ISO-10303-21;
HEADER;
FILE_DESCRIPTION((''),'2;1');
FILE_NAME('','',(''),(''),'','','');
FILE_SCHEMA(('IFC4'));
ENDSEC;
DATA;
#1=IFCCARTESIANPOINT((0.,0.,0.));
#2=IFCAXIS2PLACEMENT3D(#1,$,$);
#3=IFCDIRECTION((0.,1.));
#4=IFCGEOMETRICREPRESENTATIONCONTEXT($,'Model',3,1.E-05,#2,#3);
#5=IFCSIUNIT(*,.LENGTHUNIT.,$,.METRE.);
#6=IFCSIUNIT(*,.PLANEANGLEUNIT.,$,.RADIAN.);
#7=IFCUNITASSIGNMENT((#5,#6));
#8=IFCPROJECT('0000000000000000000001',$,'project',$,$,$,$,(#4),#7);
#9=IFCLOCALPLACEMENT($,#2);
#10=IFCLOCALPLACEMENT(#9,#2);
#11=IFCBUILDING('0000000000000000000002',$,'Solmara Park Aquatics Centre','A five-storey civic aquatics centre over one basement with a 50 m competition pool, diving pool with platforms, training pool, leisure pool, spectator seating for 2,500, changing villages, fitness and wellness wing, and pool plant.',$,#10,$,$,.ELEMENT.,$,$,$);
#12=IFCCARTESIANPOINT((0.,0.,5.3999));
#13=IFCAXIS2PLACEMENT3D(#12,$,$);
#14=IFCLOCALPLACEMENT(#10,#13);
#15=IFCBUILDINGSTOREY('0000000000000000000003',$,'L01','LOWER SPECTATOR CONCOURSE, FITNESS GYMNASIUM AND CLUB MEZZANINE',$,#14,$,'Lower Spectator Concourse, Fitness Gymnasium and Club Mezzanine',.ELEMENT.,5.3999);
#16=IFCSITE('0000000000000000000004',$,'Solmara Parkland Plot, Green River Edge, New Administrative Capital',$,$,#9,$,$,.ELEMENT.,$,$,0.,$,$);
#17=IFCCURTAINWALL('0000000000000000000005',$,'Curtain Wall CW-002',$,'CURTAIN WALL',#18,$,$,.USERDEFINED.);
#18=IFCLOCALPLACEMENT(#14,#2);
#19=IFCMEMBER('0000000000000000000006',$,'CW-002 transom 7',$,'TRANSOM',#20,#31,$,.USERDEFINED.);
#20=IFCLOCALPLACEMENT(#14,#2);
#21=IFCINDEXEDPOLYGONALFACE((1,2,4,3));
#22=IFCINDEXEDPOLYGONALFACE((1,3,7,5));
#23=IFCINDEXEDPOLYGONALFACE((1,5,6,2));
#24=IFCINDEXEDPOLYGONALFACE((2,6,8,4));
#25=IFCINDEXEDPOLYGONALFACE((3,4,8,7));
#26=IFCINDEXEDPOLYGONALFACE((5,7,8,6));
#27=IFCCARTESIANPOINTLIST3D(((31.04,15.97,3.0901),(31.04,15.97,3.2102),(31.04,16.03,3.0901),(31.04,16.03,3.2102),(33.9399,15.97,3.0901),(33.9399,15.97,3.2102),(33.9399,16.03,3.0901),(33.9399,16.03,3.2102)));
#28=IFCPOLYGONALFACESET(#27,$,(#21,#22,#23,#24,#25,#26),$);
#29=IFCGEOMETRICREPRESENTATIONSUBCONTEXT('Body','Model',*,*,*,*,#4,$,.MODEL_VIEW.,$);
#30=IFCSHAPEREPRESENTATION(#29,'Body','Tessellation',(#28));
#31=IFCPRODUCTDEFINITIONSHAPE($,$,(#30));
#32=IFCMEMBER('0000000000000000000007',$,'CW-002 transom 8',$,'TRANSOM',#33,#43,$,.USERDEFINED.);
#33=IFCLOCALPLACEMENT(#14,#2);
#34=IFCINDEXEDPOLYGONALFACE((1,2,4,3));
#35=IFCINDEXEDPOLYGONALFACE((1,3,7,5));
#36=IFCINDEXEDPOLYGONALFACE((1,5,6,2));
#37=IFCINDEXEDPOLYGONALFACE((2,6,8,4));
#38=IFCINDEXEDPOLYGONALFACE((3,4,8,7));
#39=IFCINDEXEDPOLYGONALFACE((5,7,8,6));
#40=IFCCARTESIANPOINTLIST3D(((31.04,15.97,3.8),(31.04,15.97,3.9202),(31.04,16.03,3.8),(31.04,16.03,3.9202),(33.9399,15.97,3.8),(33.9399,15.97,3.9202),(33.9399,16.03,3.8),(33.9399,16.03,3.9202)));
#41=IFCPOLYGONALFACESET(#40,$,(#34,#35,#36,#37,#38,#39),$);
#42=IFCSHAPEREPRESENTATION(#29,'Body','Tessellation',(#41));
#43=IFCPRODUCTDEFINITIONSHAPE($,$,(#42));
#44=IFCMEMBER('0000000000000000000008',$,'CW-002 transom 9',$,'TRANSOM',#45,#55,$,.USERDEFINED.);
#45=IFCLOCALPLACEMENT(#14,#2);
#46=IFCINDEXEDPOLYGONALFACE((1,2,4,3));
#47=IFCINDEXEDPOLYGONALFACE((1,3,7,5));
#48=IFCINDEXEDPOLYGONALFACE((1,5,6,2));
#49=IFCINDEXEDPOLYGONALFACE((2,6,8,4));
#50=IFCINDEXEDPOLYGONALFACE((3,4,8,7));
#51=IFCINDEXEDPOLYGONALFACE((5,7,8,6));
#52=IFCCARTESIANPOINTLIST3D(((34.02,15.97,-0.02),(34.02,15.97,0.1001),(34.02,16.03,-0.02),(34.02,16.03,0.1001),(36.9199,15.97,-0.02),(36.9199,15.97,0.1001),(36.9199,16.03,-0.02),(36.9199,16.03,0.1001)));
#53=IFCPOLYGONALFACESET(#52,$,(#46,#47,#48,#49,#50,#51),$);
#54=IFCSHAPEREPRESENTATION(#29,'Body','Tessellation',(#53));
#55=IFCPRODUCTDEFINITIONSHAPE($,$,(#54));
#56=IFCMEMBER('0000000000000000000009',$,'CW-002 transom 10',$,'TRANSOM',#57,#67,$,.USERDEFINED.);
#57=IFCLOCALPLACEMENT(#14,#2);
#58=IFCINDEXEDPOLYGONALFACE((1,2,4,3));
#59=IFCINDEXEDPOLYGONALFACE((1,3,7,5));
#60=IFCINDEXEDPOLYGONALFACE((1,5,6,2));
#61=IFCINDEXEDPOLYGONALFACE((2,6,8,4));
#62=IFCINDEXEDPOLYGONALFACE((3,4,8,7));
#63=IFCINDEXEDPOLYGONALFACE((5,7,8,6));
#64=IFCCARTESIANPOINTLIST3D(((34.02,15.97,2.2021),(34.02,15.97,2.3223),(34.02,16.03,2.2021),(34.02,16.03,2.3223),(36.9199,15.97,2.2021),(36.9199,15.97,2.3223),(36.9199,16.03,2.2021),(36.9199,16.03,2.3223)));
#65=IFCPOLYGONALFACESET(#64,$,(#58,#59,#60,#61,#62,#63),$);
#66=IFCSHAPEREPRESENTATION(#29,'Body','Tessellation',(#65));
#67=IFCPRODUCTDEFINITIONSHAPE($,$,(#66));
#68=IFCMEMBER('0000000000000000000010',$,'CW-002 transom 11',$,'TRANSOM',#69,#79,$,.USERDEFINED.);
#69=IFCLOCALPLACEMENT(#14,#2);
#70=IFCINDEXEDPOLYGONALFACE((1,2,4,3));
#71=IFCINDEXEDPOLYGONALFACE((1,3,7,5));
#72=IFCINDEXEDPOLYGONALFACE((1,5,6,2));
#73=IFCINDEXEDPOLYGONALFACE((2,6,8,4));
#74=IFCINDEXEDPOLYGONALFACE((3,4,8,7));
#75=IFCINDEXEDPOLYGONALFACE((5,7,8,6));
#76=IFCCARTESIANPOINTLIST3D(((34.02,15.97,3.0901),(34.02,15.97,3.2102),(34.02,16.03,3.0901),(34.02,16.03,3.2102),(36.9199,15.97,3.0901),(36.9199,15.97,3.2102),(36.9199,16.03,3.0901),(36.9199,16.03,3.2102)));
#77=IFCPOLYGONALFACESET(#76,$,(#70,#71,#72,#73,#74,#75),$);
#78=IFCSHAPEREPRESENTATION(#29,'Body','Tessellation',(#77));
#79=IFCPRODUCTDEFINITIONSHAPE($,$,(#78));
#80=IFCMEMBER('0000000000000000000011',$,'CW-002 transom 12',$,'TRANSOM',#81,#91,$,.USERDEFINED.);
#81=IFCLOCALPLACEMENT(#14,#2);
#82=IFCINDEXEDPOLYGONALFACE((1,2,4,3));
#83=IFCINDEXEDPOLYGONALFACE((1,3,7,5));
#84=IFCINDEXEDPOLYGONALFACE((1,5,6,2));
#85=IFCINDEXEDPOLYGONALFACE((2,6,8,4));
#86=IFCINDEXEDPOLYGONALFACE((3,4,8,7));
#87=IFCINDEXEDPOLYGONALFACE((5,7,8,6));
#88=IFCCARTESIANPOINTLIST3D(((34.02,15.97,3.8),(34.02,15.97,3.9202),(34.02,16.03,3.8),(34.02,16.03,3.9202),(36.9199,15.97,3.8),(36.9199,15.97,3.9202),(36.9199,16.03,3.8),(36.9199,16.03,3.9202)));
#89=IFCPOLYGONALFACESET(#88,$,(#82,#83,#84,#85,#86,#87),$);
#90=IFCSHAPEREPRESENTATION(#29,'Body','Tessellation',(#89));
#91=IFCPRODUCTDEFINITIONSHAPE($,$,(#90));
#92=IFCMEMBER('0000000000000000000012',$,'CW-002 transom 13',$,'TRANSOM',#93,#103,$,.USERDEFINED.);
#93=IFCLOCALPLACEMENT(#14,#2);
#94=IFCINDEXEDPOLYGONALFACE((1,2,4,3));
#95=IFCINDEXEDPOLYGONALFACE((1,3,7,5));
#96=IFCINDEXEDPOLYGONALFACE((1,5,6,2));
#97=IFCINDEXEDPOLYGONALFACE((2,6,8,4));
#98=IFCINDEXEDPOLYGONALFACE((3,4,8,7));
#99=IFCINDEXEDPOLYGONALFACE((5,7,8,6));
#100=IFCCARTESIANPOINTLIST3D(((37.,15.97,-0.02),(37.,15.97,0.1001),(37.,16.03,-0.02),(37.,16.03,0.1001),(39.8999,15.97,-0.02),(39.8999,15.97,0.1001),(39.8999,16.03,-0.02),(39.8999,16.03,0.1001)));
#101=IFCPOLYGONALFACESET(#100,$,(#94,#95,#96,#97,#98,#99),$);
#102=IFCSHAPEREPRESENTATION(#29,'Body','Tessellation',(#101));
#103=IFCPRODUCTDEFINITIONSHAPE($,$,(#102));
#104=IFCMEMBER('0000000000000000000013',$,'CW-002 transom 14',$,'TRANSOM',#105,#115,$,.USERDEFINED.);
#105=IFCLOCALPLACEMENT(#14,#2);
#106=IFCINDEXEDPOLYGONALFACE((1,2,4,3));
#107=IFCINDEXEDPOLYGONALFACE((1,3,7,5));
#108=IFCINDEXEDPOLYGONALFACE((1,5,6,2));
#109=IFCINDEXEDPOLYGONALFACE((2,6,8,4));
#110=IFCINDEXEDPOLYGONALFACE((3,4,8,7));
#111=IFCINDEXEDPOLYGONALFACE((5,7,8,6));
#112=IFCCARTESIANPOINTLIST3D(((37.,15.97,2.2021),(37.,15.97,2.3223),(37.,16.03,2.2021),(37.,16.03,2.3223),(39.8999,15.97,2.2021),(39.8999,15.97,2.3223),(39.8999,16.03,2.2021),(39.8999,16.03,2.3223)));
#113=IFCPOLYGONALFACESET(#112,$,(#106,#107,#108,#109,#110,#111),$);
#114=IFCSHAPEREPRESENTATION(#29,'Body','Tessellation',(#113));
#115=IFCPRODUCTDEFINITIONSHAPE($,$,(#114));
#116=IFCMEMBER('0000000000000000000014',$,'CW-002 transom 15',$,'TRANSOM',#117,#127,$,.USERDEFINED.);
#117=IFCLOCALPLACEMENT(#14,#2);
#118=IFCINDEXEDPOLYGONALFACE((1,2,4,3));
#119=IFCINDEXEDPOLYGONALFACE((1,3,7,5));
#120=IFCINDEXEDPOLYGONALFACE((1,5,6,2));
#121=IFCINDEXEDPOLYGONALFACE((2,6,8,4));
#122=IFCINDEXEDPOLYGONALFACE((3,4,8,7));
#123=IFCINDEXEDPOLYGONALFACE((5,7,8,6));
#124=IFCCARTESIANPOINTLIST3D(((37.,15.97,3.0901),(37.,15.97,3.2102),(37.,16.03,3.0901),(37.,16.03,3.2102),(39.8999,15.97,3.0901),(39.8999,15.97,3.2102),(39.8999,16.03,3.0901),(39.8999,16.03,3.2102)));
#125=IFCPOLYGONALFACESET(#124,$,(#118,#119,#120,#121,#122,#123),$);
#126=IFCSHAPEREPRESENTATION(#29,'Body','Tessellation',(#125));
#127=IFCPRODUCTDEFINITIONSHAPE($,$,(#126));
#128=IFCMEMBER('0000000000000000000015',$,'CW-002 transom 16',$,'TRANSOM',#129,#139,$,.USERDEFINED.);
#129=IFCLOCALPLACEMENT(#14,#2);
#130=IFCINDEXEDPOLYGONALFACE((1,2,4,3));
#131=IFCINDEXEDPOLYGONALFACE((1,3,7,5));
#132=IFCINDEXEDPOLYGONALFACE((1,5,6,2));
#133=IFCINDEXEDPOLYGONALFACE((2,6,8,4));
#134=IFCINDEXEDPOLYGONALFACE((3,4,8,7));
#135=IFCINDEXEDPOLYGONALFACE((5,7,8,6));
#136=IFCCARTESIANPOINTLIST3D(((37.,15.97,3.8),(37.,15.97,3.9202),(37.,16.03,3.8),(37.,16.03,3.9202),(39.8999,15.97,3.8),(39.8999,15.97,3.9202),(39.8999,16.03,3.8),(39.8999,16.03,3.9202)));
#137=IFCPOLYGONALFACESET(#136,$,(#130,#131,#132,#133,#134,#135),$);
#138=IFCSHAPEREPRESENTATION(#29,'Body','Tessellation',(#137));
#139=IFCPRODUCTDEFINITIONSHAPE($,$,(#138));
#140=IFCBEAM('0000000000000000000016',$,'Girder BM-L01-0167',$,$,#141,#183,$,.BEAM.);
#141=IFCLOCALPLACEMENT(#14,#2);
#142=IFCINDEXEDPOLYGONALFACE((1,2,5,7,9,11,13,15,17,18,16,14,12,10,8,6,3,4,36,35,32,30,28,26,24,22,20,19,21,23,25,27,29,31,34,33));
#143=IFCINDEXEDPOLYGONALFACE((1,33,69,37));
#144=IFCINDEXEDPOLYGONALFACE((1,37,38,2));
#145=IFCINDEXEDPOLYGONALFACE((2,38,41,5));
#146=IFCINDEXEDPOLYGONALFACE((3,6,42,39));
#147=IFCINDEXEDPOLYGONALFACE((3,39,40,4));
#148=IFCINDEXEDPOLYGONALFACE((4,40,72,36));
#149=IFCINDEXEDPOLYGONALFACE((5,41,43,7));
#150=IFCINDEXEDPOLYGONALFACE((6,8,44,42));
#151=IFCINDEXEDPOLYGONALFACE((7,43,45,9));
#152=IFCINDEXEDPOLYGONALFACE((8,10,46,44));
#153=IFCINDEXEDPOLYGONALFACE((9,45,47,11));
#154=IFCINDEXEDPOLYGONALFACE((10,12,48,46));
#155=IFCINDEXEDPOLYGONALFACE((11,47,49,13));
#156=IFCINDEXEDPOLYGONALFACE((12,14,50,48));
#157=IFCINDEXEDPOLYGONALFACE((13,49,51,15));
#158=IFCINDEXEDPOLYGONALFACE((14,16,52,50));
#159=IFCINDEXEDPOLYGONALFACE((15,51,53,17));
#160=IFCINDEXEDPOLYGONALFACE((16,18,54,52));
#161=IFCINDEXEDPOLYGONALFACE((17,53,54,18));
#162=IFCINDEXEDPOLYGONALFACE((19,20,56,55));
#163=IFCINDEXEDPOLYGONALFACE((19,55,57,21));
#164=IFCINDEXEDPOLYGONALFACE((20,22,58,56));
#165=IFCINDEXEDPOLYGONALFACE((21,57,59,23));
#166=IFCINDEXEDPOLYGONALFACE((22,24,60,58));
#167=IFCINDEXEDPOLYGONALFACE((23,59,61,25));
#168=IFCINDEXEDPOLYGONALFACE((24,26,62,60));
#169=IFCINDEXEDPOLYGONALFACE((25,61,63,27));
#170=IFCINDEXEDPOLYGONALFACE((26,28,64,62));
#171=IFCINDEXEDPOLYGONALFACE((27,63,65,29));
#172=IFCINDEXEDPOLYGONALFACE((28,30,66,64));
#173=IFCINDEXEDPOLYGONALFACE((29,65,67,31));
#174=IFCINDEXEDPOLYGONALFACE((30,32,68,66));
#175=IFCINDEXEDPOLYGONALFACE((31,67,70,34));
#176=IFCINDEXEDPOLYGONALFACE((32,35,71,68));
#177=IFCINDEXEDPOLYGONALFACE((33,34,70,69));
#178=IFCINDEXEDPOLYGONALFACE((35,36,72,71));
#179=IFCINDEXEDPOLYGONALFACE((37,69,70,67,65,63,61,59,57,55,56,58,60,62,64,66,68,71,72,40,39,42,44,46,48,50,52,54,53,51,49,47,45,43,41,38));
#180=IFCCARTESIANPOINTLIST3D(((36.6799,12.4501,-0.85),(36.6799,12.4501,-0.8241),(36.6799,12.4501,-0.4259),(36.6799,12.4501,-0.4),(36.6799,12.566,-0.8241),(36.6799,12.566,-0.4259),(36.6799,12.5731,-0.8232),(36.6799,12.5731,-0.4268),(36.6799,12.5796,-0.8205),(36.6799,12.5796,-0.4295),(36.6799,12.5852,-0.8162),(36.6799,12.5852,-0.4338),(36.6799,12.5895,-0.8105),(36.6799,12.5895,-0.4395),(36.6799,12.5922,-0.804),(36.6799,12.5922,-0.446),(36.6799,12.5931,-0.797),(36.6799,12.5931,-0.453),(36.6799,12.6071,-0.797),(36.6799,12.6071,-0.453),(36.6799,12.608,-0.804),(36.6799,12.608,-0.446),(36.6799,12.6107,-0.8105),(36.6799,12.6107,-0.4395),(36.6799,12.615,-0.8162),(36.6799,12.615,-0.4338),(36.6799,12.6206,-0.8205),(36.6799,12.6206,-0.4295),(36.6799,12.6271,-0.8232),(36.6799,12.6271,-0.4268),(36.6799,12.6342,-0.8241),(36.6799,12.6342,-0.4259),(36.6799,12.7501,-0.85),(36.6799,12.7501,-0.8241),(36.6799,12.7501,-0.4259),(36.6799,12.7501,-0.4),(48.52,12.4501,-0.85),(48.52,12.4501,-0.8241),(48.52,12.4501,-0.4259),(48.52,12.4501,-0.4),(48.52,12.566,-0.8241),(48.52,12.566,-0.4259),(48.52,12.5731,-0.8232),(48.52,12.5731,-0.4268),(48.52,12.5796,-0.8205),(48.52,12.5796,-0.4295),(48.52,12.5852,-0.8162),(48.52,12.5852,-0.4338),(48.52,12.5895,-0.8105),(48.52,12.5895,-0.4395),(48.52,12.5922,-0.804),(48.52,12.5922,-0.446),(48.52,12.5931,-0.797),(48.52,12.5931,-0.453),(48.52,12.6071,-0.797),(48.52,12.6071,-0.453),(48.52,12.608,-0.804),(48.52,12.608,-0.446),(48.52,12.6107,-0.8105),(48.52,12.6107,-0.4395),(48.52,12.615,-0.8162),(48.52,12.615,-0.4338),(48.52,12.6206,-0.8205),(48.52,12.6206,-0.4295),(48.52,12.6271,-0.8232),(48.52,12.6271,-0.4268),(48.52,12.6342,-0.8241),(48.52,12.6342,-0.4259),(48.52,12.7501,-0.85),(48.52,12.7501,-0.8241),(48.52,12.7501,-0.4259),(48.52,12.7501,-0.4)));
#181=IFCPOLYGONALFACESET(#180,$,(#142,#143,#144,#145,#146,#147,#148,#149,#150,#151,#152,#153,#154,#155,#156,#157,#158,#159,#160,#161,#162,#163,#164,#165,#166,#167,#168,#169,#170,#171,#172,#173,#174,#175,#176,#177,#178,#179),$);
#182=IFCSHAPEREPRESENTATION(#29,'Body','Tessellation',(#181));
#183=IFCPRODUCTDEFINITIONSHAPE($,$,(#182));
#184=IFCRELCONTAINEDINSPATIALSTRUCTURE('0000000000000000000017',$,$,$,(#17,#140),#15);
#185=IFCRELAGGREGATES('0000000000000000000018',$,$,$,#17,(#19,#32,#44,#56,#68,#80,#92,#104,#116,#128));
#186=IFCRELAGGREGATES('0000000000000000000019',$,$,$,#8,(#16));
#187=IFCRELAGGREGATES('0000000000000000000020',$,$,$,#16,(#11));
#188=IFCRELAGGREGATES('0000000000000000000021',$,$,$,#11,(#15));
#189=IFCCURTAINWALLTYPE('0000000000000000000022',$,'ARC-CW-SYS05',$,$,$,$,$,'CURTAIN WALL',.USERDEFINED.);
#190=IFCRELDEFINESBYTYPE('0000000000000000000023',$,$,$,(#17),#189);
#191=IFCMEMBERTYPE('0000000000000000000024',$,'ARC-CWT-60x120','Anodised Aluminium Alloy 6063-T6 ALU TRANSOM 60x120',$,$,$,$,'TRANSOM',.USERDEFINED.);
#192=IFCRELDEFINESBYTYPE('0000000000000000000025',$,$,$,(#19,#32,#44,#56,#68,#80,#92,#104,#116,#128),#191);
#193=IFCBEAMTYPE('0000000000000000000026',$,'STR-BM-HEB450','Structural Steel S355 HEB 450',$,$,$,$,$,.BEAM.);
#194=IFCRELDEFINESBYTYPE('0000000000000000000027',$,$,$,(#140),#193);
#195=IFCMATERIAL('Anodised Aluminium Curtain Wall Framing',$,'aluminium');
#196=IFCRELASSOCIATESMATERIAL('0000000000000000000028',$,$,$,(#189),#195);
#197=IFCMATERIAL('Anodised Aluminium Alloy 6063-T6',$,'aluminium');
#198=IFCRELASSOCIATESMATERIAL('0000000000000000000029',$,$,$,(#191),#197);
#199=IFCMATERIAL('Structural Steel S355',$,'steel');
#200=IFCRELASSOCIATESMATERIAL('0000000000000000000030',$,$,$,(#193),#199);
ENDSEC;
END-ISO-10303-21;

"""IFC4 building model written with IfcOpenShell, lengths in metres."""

from ifc_helpers import new_model, si_unit, direction, frame, origin, origin_2d, place, context, subcontext, project, spatial, rectangle, i_section, extrude, material, material_profile, profile_set, type_object, element, aggregate, save


model = new_model("IFC4")

# Units and contexts
model_context = context("Model", 3, precision=1e-05, world=origin(), true_north=direction((0.0, 1.0)))
body_context = subcontext(model_context, "Body", "Model", "MODEL_VIEW")
ifc_project = project(units=[si_unit("LENGTHUNIT", "METRE"), si_unit("PLANEANGLEUNIT", "RADIAN")], contexts=[model_context])

# Site, building, storey
site_placement = place(None, origin())
site = spatial("IfcSite", under=ifc_project, at=site_placement, Name="Solmara Parkland Plot, Green River Edge, New Administrative Capital", CompositionType="ELEMENT", RefElevation=0.0)
building_placement = place(site_placement, origin())
building = spatial("IfcBuilding", under=site, at=building_placement, Name="Solmara Park Aquatics Centre", Description="A five-storey civic aquatics centre over one basement with a 50 m competition pool, diving pool with platforms, training pool, leisure pool, spectator seating for 2,500, changing villages, fitness and wellness wing, and pool plant.", CompositionType="ELEMENT")
storey_placement = place(building_placement, frame((0.0, 0.0, 5.3999)))
storey = spatial("IfcBuildingStorey", under=building, at=storey_placement, Name="L01", Description="LOWER SPECTATOR CONCOURSE, FITNESS GYMNASIUM AND CLUB MEZZANINE", LongName="Lower Spectator Concourse, Fitness Gymnasium and Club Mezzanine", CompositionType="ELEMENT", Elevation=5.3999)

# Shared definitions
ifc_material_1 = material(Name="Structural Steel S355", Category="steel")

# Curtain wall, members
ifc_material_2 = material(Name="Anodised Aluminium Curtain Wall Framing", Category="aluminium")
curtain_wall_type = type_object("IfcCurtainWallType", Name="ARC-CW-SYS05", ElementType="CURTAIN WALL", PredefinedType="USERDEFINED", material=ifc_material_2)
curtain_wall_placement = place(storey_placement, origin())
curtain_wall = element("IfcCurtainWall", 1, at=curtain_wall_placement, inside=storey, type_object=curtain_wall_type, Name="Curtain Wall CW-002", ObjectType="CURTAIN WALL", PredefinedType="USERDEFINED")
ifc_material_3 = material(Name="Anodised Aluminium Alloy 6063-T6", Category="aluminium")
ifc_material_profile_1 = material_profile(ifc_material_3, rectangle(XDim=0.0601, YDim=0.1201, at=origin_2d()), Name="ALU TRANSOM 60x120")
ifc_profile_set_1 = profile_set([ifc_material_profile_1], Name="Anodised Aluminium Alloy 6063-T6")
member_type_1 = type_object("IfcMemberType", Name="ARC-CWT-60x120", Description="Anodised Aluminium Alloy 6063-T6 ALU TRANSOM 60x120", ElementType="TRANSOM", PredefinedType="USERDEFINED", material=ifc_profile_set_1)
member_1_placement = place(storey_placement, frame((31.04, 16.0, 3.1501), z_axis=(1.0, 0.0, 0.0), x_axis=(0.0, 1.0, 0.0)))
member_1 = element("IfcMember", 2, at=member_1_placement, type_object=member_type_1, Name="CW-002 transom 7", ObjectType="TRANSOM", PredefinedType="USERDEFINED", context=body_context, shape_type="SweptSolid", body=[
    extrude(rectangle(XDim=0.0601, YDim=0.1201, at=origin_2d()), origin(), (0.0, 0.0, 1.0), 2.8999),
])
member_2_placement = place(storey_placement, frame((31.04, 16.0, 3.8601), z_axis=(1.0, 0.0, 0.0), x_axis=(0.0, 1.0, 0.0)))
member_2 = element("IfcMember", 3, at=member_2_placement, type_object=member_type_1, Name="CW-002 transom 8", ObjectType="TRANSOM", PredefinedType="USERDEFINED", context=body_context, shape_type="SweptSolid", body=[
    extrude(rectangle(XDim=0.0601, YDim=0.1201, at=origin_2d()), origin(), (0.0, 0.0, 1.0), 2.8999),
])
member_3_placement = place(storey_placement, frame((34.02, 16.0, 0.04), z_axis=(1.0, 0.0, 0.0), x_axis=(0.0, 1.0, 0.0)))
member_3 = element("IfcMember", 4, at=member_3_placement, type_object=member_type_1, Name="CW-002 transom 9", ObjectType="TRANSOM", PredefinedType="USERDEFINED", context=body_context, shape_type="SweptSolid", body=[
    extrude(rectangle(XDim=0.0601, YDim=0.1201, at=origin_2d()), origin(), (0.0, 0.0, 1.0), 2.8999),
])
member_4_placement = place(storey_placement, frame((34.02, 16.0, 2.2622), z_axis=(1.0, 0.0, 0.0), x_axis=(0.0, 1.0, 0.0)))
member_4 = element("IfcMember", 5, at=member_4_placement, type_object=member_type_1, Name="CW-002 transom 10", ObjectType="TRANSOM", PredefinedType="USERDEFINED", context=body_context, shape_type="SweptSolid", body=[
    extrude(rectangle(XDim=0.0601, YDim=0.1201, at=origin_2d()), origin(), (0.0, 0.0, 1.0), 2.8999),
])
member_5_placement = place(storey_placement, frame((34.02, 16.0, 3.1501), z_axis=(1.0, 0.0, 0.0), x_axis=(0.0, 1.0, 0.0)))
member_5 = element("IfcMember", 6, at=member_5_placement, type_object=member_type_1, Name="CW-002 transom 11", ObjectType="TRANSOM", PredefinedType="USERDEFINED", context=body_context, shape_type="SweptSolid", body=[
    extrude(rectangle(XDim=0.0601, YDim=0.1201, at=origin_2d()), origin(), (0.0, 0.0, 1.0), 2.8999),
])
member_6_placement = place(storey_placement, frame((34.02, 16.0, 3.8601), z_axis=(1.0, 0.0, 0.0), x_axis=(0.0, 1.0, 0.0)))
member_6 = element("IfcMember", 7, at=member_6_placement, type_object=member_type_1, Name="CW-002 transom 12", ObjectType="TRANSOM", PredefinedType="USERDEFINED", context=body_context, shape_type="SweptSolid", body=[
    extrude(rectangle(XDim=0.0601, YDim=0.1201, at=origin_2d()), origin(), (0.0, 0.0, 1.0), 2.8999),
])
member_7_placement = place(storey_placement, frame((37.0, 16.0, 0.04), z_axis=(1.0, 0.0, 0.0), x_axis=(0.0, 1.0, 0.0)))
member_7 = element("IfcMember", 8, at=member_7_placement, type_object=member_type_1, Name="CW-002 transom 13", ObjectType="TRANSOM", PredefinedType="USERDEFINED", context=body_context, shape_type="SweptSolid", body=[
    extrude(rectangle(XDim=0.0601, YDim=0.1201, at=origin_2d()), origin(), (0.0, 0.0, 1.0), 2.8999),
])
member_8_placement = place(storey_placement, frame((37.0, 16.0, 2.2622), z_axis=(1.0, 0.0, 0.0), x_axis=(0.0, 1.0, 0.0)))
member_8 = element("IfcMember", 9, at=member_8_placement, type_object=member_type_1, Name="CW-002 transom 14", ObjectType="TRANSOM", PredefinedType="USERDEFINED", context=body_context, shape_type="SweptSolid", body=[
    extrude(rectangle(XDim=0.0601, YDim=0.1201, at=origin_2d()), origin(), (0.0, 0.0, 1.0), 2.8999),
])
member_9_placement = place(storey_placement, frame((37.0, 16.0, 3.1501), z_axis=(1.0, 0.0, 0.0), x_axis=(0.0, 1.0, 0.0)))
member_9 = element("IfcMember", 10, at=member_9_placement, type_object=member_type_1, Name="CW-002 transom 15", ObjectType="TRANSOM", PredefinedType="USERDEFINED", context=body_context, shape_type="SweptSolid", body=[
    extrude(rectangle(XDim=0.0601, YDim=0.1201, at=origin_2d()), origin(), (0.0, 0.0, 1.0), 2.8999),
])
member_10_placement = place(storey_placement, frame((37.0, 16.0, 3.8601), z_axis=(1.0, 0.0, 0.0), x_axis=(0.0, 1.0, 0.0)))
member_10 = element("IfcMember", 11, at=member_10_placement, type_object=member_type_1, Name="CW-002 transom 16", ObjectType="TRANSOM", PredefinedType="USERDEFINED", context=body_context, shape_type="SweptSolid", body=[
    extrude(rectangle(XDim=0.0601, YDim=0.1201, at=origin_2d()), origin(), (0.0, 0.0, 1.0), 2.8999),
])

# Beam
ifc_material_profile_2 = material_profile(ifc_material_1, i_section(OverallWidth=0.3, OverallDepth=0.45, WebThickness=0.0139, FlangeThickness=0.0259, FilletRadius=0.0271, at=origin_2d()), Name="HEB 450")
ifc_profile_set_2 = profile_set([ifc_material_profile_2], Name="Structural Steel S355")
beam_type_1 = type_object("IfcBeamType", Name="STR-BM-HEB450", Description="Structural Steel S355 HEB 450", PredefinedType="BEAM", material=ifc_profile_set_2)
beam_1_placement = place(storey_placement, frame((36.6799, 12.6001, -0.625), z_axis=(1.0, 0.0, 0.0), x_axis=(0.0, 1.0, 0.0)))
element("IfcBeam", 12, at=beam_1_placement, inside=storey, type_object=beam_type_1, Name="Girder BM-L01-0167", PredefinedType="BEAM", context=body_context, shape_type="SweptSolid", body=[
    extrude(i_section(OverallWidth=0.3, OverallDepth=0.45, WebThickness=0.0139, FlangeThickness=0.0259, FilletRadius=0.0271, at=origin_2d()), origin(), (0.0, 0.0, 1.0), 11.8401),
])

aggregate(curtain_wall, [member_1, member_2, member_3, member_4, member_5, member_6, member_7, member_8, member_9, member_10])

save(model, "model.ifc")
